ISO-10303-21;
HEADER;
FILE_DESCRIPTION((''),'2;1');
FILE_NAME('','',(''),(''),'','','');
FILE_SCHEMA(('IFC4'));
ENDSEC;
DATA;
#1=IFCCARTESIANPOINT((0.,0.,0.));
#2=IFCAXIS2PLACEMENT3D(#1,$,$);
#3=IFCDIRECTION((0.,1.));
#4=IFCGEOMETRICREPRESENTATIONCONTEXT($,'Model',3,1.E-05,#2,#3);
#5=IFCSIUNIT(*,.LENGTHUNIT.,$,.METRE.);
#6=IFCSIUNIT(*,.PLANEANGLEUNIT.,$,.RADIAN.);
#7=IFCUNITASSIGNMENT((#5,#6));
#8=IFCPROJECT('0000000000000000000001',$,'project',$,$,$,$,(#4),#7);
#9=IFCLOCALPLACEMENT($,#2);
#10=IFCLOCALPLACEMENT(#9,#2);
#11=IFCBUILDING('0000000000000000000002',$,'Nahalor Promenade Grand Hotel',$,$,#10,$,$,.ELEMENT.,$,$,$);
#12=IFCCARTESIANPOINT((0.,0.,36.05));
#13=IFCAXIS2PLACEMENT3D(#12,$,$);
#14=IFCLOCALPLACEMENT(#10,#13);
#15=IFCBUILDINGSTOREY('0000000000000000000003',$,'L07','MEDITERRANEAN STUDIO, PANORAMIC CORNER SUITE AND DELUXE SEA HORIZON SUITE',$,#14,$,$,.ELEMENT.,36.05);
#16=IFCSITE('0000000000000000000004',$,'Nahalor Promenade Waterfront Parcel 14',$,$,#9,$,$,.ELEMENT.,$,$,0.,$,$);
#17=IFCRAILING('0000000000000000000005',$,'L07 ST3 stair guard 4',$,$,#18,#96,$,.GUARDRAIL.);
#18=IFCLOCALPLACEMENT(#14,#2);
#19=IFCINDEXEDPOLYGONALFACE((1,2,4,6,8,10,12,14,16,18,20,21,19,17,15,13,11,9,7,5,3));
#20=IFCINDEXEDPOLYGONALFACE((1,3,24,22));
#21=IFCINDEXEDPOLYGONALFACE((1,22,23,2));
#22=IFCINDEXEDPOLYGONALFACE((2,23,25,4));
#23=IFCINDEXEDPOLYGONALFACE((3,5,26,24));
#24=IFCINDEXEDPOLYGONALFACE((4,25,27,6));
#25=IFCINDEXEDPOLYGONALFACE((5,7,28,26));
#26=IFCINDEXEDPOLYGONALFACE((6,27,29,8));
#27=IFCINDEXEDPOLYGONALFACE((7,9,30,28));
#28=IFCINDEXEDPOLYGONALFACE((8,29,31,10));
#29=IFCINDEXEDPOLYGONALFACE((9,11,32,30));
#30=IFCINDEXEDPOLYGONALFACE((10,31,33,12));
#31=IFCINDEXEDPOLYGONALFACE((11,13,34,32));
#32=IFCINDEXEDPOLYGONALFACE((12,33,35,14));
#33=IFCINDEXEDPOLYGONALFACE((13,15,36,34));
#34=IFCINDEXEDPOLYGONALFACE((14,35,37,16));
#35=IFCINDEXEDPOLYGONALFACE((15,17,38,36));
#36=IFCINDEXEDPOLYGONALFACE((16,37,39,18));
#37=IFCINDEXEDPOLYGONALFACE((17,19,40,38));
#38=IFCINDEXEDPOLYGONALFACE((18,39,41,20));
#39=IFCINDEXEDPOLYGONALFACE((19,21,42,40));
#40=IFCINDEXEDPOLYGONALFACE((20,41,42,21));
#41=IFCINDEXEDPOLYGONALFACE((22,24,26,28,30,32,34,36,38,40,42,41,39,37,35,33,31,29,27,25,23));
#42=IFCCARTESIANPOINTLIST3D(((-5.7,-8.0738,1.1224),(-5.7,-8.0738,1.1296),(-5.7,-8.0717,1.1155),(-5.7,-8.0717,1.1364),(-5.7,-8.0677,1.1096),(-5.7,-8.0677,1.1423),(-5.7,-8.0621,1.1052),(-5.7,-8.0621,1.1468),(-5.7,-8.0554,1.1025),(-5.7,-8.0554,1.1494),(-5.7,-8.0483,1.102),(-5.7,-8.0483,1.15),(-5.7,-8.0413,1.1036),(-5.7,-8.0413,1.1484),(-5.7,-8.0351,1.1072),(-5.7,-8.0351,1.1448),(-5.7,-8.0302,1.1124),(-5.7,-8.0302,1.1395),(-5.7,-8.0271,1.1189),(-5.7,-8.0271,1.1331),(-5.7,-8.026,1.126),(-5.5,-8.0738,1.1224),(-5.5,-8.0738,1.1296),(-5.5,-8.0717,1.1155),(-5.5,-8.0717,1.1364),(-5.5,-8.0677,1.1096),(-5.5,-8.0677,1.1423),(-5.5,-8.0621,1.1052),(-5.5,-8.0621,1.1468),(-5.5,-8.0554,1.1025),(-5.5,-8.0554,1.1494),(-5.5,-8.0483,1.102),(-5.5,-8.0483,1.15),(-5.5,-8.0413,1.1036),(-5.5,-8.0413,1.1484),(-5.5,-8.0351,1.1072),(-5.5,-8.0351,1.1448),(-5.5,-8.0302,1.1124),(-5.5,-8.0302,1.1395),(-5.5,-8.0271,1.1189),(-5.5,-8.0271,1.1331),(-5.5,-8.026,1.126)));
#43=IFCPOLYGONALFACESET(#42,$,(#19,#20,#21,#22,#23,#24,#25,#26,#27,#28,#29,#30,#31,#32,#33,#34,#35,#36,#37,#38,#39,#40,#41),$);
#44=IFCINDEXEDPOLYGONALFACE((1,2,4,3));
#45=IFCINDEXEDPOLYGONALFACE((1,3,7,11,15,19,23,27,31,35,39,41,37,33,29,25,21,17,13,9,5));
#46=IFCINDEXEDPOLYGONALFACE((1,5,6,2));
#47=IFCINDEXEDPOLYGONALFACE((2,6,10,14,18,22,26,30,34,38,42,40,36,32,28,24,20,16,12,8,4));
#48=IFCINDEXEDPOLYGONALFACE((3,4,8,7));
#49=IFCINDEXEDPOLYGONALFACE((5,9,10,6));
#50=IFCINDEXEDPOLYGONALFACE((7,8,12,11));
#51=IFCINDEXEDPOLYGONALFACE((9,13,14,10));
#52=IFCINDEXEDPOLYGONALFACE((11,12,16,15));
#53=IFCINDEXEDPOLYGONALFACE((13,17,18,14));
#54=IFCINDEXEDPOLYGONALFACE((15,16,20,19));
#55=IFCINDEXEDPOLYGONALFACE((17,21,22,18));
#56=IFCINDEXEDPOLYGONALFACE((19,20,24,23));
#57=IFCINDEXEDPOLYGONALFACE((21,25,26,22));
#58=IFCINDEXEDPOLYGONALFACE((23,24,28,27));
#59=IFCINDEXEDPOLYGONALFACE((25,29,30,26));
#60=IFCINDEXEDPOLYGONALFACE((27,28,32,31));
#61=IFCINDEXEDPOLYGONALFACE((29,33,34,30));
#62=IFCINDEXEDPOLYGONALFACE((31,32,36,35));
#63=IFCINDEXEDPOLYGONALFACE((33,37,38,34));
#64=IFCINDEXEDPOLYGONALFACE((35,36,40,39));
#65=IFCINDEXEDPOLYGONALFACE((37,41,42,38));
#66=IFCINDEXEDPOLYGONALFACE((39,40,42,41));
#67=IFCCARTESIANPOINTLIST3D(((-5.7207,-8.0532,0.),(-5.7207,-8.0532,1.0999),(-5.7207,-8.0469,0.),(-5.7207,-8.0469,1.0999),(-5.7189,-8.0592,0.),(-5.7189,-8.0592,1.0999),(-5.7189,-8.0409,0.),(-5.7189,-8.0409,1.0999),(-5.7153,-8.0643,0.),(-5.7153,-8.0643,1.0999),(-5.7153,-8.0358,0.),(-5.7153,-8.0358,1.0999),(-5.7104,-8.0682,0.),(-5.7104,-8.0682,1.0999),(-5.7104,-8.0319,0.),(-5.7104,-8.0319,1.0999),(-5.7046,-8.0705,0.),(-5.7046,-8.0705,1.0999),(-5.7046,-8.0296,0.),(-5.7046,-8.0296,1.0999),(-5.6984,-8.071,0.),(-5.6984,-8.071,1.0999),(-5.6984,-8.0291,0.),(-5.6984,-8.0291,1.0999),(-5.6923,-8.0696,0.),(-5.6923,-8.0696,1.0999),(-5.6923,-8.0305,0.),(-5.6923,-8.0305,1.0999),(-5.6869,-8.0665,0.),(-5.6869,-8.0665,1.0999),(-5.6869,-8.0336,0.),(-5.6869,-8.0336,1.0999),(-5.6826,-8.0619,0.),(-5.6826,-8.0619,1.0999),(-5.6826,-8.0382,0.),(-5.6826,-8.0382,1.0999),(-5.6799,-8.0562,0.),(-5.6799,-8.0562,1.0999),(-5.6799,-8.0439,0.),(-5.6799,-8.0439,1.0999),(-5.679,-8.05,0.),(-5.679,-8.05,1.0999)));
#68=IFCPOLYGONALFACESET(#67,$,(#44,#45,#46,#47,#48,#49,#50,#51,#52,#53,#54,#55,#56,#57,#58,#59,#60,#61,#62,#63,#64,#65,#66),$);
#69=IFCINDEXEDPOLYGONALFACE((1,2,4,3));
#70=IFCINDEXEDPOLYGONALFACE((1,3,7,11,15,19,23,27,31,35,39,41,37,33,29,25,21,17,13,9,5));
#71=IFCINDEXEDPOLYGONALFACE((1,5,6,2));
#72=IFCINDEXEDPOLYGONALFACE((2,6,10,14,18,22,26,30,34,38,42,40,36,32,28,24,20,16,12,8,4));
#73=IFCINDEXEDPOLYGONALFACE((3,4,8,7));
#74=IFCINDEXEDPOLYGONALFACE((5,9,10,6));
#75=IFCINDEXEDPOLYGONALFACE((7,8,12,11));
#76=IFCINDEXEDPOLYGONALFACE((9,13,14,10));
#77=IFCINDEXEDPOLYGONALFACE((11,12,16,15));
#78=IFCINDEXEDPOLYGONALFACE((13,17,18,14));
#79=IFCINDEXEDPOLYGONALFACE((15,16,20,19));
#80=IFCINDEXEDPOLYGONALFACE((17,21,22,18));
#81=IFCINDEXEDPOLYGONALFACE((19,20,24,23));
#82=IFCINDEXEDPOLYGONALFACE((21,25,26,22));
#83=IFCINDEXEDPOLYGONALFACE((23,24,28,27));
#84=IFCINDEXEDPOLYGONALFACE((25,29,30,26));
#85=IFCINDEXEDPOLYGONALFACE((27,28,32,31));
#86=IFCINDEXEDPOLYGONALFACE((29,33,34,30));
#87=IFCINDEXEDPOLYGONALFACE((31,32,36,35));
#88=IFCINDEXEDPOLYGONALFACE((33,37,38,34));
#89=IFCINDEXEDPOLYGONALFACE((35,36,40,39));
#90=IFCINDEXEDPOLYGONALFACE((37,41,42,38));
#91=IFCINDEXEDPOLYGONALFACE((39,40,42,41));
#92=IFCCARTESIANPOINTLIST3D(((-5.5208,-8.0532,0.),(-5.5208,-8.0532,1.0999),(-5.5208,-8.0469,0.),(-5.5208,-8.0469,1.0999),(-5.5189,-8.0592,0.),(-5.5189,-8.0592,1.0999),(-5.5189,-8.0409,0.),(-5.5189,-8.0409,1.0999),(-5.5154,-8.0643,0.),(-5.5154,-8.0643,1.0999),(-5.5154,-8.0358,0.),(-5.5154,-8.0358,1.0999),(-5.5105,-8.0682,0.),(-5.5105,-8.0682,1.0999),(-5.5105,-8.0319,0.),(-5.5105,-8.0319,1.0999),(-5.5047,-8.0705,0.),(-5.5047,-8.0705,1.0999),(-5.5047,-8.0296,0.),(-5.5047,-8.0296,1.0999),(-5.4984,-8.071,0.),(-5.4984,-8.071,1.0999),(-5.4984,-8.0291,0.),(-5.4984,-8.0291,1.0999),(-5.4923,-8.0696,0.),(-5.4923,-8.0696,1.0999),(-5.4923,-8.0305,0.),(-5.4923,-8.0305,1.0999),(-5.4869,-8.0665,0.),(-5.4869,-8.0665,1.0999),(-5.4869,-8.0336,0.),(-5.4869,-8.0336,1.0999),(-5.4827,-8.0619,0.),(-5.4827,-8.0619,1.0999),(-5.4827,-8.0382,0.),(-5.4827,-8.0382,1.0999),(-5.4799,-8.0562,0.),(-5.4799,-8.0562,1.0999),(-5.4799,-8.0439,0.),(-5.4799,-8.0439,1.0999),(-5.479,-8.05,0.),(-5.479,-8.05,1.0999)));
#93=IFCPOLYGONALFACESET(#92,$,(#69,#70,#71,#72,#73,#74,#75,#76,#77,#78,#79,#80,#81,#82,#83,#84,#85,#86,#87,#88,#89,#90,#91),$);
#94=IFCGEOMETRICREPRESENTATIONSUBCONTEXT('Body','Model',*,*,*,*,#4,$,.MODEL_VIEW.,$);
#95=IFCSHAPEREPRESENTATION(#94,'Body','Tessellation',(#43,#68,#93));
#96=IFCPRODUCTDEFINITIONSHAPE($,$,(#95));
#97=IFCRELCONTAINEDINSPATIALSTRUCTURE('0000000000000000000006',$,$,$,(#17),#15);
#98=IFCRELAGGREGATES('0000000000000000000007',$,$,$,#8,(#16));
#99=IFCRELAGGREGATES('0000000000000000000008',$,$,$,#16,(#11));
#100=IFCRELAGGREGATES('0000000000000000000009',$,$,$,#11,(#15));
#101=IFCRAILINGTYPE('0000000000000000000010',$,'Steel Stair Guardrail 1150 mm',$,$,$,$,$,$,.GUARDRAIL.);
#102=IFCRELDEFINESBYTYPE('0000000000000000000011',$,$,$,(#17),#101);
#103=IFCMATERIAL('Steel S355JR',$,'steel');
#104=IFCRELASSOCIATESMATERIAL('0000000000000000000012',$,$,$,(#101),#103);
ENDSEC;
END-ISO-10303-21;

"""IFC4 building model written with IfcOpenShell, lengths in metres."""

from ifc_helpers import new_model, si_unit, direction, frame, origin, origin_2d, place, context, subcontext, project, spatial, circle, extrude, material, type_object, element, save


model = new_model("IFC4")

# Units and contexts
model_context = context("Model", 3, precision=1e-05, world=origin(), true_north=direction((0.0, 1.0)))
body_context = subcontext(model_context, "Body", "Model", "MODEL_VIEW")
ifc_project = project(units=[si_unit("LENGTHUNIT", "METRE"), si_unit("PLANEANGLEUNIT", "RADIAN")], contexts=[model_context])

# Site, building, storey
site_placement = place(None, origin())
site = spatial("IfcSite", under=ifc_project, at=site_placement, Name="Nahalor Promenade Waterfront Parcel 14", CompositionType="ELEMENT", RefElevation=0.0)
building_placement = place(site_placement, origin())
building = spatial("IfcBuilding", under=site, at=building_placement, Name="Nahalor Promenade Grand Hotel", CompositionType="ELEMENT")
storey_placement = place(building_placement, frame((0.0, 0.0, 36.05)))
storey = spatial("IfcBuildingStorey", under=building, at=storey_placement, Name="L07", Description="MEDITERRANEAN STUDIO, PANORAMIC CORNER SUITE AND DELUXE SEA HORIZON SUITE", CompositionType="ELEMENT", Elevation=36.05)

# Shared definitions
ifc_material_1 = material(Name="Steel S355JR", Category="steel")

# Railing
railing_type_1 = type_object("IfcRailingType", Name="Steel Stair Guardrail 1150 mm", PredefinedType="GUARDRAIL", material=ifc_material_1)
railing_1_placement = place(storey_placement, frame((-5.7, -8.05, 0.0)))
element("IfcRailing", 1, at=railing_1_placement, inside=storey, type_object=railing_type_1, Name="L07 ST3 stair guard 4", PredefinedType="GUARDRAIL", context=body_context, shape_type="SweptSolid", body=[
    extrude(circle(Radius=0.024, at=origin_2d()), frame((0.0, 0.0, 1.126), z_axis=(1.0, 0.0, 0.0), x_axis=(0.0, 1.0, 0.0)), (0.0, 0.0, 1.0), 0.2),
    extrude(circle(Radius=0.021, at=origin_2d()), origin(), (0.0, 0.0, 1.0), 1.0999),
    extrude(circle(Radius=0.021, at=origin_2d()), frame((0.2, 0.0, 0.0)), (0.0, 0.0, 1.0), 1.0999),
])

save(model, "model.ifc")
